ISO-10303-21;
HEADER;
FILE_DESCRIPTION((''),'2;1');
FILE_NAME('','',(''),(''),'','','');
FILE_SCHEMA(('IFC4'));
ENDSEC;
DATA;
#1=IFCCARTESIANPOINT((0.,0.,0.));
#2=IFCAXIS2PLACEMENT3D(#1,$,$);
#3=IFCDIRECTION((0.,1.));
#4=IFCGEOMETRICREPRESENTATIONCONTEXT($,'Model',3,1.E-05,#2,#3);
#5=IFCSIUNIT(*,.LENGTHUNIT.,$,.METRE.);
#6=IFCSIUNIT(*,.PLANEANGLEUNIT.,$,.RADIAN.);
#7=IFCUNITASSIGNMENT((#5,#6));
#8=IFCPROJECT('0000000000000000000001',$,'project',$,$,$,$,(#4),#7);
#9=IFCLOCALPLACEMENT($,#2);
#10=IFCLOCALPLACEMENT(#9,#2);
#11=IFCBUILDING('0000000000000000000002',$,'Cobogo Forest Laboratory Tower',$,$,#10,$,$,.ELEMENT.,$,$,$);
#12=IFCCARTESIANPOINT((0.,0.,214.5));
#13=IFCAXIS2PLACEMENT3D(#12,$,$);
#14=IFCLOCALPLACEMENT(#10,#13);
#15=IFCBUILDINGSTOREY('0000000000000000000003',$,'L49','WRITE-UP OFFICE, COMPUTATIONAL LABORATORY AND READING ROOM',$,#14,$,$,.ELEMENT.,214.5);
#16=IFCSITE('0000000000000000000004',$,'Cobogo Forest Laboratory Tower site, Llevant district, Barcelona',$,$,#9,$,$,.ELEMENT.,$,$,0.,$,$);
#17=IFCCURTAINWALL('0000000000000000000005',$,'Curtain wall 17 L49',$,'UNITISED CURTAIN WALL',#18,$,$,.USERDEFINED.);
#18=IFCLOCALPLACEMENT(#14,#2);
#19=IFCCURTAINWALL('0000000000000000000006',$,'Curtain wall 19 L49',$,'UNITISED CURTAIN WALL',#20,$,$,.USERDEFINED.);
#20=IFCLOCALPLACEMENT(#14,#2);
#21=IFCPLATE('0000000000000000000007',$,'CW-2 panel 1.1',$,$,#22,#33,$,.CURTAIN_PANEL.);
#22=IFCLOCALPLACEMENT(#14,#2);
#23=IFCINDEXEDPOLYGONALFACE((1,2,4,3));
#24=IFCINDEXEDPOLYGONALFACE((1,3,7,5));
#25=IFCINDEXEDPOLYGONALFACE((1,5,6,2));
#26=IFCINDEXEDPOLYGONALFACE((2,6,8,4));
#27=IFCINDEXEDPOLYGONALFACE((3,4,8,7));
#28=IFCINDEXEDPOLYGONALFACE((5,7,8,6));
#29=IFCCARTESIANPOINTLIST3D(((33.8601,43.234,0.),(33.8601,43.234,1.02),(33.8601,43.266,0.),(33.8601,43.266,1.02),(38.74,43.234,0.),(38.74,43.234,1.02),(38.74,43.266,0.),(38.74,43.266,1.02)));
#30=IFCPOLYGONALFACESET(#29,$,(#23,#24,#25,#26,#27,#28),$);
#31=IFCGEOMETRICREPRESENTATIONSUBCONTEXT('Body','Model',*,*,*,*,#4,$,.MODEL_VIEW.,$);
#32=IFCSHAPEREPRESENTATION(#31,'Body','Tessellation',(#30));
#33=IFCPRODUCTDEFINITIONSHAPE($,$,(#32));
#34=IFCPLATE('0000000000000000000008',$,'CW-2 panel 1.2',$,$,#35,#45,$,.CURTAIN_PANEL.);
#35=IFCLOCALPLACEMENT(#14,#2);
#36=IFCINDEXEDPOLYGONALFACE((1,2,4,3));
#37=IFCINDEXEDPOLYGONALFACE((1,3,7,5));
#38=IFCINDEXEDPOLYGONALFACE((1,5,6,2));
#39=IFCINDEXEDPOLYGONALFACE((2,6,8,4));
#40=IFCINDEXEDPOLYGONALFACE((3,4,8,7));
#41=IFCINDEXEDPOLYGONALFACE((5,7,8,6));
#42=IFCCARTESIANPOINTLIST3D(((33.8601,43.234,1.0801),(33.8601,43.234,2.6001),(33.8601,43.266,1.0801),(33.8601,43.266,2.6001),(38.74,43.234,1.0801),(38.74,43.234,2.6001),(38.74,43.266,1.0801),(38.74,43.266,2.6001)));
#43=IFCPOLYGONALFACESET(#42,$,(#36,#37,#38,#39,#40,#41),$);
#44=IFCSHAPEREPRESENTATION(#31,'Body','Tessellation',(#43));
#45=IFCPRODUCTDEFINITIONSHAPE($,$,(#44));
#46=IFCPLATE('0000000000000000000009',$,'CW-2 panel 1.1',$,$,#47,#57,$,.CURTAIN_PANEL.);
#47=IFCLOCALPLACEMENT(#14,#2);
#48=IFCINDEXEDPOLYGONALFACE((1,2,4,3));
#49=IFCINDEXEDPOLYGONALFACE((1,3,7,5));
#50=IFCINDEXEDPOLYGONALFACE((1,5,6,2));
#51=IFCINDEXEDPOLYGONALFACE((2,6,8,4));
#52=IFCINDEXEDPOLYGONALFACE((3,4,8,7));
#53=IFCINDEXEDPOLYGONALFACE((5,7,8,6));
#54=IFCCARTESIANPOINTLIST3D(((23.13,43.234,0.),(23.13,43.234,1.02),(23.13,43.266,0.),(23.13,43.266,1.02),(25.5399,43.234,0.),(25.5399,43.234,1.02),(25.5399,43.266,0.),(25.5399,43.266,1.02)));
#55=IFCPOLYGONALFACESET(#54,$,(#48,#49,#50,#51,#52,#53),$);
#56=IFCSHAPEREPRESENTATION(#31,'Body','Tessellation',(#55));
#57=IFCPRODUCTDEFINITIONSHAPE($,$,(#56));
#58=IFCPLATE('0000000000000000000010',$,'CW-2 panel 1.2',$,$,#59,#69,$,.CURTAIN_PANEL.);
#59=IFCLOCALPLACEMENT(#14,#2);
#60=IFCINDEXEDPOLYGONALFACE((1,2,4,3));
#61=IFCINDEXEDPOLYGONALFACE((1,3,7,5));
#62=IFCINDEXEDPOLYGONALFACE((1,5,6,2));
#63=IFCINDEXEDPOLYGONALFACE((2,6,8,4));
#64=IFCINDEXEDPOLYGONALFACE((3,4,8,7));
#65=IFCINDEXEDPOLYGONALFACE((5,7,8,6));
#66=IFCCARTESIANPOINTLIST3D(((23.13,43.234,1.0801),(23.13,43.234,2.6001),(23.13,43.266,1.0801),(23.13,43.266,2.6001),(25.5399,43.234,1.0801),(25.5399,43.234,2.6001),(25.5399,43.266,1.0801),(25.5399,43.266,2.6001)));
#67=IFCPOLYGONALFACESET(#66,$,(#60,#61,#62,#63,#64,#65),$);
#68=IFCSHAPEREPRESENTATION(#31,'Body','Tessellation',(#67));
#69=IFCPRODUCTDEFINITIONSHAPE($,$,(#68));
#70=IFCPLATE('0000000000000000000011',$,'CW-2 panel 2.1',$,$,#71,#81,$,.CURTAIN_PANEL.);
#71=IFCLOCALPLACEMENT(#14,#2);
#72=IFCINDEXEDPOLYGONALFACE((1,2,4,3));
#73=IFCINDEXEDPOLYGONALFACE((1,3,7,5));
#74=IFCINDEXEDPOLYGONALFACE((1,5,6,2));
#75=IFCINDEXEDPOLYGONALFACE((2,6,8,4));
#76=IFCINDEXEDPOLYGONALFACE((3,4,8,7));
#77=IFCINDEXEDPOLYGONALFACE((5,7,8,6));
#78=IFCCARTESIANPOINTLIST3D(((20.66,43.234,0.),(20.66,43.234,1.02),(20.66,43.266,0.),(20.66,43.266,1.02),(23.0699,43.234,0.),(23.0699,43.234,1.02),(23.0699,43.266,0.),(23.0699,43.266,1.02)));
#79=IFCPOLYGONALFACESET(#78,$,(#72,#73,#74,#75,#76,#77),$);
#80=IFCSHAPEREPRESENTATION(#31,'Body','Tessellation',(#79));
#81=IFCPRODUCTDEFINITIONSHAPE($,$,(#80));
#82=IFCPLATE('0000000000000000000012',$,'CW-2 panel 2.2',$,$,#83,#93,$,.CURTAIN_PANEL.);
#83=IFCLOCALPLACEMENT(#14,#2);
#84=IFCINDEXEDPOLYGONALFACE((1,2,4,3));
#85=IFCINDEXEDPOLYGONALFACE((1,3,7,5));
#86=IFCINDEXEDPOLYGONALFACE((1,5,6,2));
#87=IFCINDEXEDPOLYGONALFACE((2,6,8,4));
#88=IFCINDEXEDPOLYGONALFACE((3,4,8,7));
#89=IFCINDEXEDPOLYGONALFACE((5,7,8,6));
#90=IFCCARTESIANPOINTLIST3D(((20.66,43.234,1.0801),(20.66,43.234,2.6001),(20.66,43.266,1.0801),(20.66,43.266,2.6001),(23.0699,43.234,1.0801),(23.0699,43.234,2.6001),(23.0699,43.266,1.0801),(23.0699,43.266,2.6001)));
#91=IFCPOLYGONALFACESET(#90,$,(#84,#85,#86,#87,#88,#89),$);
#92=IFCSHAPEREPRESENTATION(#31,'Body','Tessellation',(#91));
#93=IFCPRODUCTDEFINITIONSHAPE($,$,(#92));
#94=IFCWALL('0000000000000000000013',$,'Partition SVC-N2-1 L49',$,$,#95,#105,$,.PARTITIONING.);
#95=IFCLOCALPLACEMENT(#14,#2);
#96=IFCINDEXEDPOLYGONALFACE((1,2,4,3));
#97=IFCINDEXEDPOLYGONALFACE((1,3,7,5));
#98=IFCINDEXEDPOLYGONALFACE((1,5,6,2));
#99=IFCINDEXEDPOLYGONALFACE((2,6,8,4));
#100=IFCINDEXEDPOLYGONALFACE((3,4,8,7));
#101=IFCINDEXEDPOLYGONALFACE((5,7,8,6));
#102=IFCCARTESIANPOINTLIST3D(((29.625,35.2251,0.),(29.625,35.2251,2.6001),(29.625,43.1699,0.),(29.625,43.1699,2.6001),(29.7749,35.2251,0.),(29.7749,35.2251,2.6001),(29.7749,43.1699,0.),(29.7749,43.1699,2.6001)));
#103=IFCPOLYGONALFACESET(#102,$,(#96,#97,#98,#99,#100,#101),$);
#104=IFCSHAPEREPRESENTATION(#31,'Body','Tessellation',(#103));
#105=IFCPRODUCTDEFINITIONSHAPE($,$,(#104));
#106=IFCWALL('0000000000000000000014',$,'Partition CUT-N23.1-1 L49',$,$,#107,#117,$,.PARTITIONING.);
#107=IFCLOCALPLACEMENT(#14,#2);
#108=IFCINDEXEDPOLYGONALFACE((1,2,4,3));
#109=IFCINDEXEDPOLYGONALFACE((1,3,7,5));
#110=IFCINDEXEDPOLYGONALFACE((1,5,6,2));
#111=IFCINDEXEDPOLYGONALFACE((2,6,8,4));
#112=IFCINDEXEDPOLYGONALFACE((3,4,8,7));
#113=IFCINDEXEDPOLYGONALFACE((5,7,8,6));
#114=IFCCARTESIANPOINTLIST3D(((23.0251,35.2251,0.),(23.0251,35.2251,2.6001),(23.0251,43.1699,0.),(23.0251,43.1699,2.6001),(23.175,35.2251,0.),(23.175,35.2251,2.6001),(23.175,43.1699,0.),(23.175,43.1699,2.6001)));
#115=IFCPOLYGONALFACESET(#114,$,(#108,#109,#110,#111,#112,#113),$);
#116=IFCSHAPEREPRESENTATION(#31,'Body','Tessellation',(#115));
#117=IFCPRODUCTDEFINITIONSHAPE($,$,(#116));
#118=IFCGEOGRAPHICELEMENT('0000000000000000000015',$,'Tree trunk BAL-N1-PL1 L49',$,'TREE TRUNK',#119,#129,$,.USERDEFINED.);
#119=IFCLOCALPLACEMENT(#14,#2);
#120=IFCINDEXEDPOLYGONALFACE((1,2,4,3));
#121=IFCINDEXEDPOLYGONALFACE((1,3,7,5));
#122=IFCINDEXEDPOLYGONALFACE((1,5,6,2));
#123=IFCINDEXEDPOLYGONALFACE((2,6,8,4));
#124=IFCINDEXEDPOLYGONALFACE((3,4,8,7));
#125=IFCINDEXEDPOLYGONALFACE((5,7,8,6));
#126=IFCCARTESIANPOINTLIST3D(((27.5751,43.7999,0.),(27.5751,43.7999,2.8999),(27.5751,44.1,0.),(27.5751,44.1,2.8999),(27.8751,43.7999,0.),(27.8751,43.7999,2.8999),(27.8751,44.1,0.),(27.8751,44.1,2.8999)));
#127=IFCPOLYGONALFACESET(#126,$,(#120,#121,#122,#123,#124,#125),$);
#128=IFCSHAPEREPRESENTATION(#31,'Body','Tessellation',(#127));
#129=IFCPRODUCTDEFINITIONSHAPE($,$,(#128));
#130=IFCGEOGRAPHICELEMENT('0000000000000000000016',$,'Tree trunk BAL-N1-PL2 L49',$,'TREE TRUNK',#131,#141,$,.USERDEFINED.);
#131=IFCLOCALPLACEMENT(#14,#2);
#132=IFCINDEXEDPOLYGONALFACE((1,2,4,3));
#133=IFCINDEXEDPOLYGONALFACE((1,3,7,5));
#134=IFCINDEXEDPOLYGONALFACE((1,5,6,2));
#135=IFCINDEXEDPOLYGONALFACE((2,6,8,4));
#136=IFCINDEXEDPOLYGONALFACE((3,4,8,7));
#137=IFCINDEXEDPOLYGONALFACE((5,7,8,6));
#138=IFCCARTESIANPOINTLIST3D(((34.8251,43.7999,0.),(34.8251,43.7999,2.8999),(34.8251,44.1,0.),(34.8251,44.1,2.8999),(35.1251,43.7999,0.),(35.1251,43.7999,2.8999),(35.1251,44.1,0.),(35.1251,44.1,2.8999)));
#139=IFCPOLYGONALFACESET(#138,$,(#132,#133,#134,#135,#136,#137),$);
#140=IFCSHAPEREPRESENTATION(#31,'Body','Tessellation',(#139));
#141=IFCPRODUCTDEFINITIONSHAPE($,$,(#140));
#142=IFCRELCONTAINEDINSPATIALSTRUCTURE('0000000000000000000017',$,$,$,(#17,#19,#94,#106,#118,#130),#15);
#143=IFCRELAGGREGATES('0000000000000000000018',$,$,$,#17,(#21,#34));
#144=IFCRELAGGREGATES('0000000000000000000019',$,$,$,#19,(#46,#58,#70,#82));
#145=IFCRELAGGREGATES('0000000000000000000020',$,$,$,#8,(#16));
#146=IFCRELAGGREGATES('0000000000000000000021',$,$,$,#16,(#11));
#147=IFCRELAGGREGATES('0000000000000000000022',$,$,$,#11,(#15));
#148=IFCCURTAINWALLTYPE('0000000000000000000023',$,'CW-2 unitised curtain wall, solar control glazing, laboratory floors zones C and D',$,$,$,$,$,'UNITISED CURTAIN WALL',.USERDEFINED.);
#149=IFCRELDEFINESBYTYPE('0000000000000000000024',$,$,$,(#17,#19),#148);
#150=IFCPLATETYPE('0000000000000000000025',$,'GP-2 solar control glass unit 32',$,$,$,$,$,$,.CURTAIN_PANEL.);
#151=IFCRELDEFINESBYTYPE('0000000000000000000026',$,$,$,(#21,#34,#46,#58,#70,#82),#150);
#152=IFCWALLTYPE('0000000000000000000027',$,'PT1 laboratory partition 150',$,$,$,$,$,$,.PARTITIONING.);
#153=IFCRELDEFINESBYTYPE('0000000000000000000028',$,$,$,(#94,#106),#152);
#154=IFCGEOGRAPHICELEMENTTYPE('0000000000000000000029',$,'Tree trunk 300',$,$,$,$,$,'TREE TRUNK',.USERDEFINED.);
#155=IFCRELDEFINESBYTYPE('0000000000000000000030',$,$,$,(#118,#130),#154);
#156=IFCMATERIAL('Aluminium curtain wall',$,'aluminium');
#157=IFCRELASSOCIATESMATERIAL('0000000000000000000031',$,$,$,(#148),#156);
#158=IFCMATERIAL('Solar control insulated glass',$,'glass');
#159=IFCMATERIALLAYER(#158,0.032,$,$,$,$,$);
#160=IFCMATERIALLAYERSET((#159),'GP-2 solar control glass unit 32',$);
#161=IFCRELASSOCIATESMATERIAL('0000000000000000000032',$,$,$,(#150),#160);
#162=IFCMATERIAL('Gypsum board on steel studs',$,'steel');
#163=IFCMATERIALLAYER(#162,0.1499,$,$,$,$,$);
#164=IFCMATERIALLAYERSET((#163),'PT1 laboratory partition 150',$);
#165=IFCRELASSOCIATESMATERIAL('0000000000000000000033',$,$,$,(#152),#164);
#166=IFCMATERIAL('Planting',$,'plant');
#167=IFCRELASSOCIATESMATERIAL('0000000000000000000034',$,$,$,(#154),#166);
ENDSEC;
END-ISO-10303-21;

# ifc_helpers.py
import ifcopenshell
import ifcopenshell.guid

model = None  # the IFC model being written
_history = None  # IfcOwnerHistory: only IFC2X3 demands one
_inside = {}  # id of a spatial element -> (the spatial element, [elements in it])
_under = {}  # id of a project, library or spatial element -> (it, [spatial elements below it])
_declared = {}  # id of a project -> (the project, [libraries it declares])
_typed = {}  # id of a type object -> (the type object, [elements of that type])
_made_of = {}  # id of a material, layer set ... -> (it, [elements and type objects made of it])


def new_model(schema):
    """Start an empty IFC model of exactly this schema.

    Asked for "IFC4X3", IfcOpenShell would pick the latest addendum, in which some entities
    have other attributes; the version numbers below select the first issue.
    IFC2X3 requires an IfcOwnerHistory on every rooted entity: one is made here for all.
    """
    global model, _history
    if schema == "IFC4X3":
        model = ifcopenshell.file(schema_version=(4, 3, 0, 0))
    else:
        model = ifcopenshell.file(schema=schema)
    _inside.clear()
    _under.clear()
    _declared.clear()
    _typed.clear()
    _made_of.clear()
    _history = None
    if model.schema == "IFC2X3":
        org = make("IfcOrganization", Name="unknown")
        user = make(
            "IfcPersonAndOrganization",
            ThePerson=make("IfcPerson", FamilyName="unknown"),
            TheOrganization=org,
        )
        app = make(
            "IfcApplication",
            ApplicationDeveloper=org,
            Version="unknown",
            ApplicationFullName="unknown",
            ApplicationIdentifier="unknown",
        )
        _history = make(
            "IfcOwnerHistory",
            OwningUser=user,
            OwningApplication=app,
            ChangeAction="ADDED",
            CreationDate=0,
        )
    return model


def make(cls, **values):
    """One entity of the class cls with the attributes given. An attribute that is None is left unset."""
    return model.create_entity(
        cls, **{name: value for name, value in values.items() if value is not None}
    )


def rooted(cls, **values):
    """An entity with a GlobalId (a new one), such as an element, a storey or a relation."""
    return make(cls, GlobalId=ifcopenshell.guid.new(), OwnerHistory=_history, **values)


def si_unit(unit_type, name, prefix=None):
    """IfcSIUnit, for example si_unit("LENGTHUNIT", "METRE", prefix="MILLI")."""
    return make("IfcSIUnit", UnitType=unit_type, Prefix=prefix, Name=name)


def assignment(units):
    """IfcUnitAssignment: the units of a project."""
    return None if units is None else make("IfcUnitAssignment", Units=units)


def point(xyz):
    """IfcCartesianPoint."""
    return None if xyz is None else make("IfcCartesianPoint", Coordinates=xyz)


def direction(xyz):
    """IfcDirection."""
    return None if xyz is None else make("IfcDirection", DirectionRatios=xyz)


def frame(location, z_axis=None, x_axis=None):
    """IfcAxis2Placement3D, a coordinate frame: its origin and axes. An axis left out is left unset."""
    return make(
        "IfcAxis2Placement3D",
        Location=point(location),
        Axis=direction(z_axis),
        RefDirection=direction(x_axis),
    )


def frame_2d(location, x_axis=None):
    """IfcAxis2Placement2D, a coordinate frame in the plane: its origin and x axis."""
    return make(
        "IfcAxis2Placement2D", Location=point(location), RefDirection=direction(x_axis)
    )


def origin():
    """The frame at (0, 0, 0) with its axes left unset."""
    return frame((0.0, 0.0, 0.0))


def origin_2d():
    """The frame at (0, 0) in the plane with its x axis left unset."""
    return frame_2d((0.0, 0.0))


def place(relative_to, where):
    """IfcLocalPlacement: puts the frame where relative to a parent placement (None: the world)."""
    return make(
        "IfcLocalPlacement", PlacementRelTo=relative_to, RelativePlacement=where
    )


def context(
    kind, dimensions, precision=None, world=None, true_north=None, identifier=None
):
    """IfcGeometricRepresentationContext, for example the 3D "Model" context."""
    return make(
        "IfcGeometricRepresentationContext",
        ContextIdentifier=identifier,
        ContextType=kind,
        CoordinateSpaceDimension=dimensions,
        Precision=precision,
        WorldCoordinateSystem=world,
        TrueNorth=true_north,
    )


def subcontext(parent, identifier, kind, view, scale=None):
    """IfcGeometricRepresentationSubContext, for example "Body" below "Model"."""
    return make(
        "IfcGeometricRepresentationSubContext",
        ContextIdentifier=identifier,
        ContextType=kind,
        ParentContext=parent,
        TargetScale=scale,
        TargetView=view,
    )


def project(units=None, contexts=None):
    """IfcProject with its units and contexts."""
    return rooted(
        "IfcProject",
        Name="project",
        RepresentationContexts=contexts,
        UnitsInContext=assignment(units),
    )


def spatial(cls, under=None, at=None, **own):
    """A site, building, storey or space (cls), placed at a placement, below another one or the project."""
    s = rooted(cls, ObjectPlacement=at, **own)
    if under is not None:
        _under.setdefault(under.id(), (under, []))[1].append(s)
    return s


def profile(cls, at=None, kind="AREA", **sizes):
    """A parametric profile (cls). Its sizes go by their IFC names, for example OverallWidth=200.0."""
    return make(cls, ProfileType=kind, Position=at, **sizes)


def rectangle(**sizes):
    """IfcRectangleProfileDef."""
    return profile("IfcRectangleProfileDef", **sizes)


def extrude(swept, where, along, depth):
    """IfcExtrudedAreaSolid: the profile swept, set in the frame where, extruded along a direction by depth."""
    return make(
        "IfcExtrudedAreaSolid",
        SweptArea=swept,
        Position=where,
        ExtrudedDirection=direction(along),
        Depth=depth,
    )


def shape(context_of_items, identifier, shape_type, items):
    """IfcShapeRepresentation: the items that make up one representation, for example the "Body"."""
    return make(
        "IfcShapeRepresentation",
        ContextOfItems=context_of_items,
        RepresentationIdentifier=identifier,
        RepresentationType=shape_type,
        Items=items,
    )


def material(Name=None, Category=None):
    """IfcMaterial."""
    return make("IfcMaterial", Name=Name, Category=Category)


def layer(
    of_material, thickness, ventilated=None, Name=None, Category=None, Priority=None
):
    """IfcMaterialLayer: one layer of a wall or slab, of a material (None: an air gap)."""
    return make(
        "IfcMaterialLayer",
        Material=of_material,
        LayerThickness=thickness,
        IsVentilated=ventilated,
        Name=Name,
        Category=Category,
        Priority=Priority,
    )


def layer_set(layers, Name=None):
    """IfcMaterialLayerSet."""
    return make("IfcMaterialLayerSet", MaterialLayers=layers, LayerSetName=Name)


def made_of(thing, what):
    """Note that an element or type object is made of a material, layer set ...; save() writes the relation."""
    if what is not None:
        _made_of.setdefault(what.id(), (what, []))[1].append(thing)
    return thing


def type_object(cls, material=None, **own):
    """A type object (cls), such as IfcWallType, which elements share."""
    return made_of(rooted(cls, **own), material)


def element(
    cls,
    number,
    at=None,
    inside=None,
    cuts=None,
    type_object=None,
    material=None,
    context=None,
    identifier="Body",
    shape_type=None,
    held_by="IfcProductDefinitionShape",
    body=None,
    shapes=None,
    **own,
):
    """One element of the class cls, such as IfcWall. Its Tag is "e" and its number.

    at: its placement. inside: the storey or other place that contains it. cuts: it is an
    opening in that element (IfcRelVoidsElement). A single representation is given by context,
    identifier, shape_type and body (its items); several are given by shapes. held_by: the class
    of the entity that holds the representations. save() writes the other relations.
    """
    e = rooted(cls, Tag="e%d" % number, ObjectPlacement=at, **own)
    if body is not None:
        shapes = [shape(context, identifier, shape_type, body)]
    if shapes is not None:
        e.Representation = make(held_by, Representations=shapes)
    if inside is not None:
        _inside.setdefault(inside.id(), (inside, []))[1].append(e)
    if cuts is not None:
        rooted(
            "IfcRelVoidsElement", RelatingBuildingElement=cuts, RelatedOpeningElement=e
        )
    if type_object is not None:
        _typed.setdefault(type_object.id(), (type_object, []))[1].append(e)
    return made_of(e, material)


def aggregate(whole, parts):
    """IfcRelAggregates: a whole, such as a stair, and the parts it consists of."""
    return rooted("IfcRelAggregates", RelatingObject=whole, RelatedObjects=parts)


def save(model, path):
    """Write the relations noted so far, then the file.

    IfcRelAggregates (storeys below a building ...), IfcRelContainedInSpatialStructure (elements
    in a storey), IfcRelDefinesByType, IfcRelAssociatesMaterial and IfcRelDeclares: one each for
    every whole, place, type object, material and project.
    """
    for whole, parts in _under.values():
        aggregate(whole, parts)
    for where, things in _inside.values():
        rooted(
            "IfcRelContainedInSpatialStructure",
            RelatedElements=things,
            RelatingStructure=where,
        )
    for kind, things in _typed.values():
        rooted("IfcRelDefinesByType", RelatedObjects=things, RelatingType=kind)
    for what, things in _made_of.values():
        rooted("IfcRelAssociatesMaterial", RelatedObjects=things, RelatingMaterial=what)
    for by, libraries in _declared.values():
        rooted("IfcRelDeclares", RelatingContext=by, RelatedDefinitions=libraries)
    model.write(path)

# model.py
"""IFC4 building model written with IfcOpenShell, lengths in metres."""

from ifc_helpers import new_model, si_unit, direction, frame, frame_2d, origin, origin_2d, place, context, subcontext, project, spatial, rectangle, extrude, material, layer, layer_set, type_object, element, aggregate, save


model = new_model("IFC4")

# Units and contexts
model_context = context("Model", 3, precision=1e-05, world=origin(), true_north=direction((0.0, 1.0)))
body_context = subcontext(model_context, "Body", "Model", "MODEL_VIEW")
ifc_project = project(units=[si_unit("LENGTHUNIT", "METRE"), si_unit("PLANEANGLEUNIT", "RADIAN")], contexts=[model_context])

# Site, building, storey
site_placement = place(None, origin())
site = spatial("IfcSite", under=ifc_project, at=site_placement, Name="Cobogo Forest Laboratory Tower site, Llevant district, Barcelona", CompositionType="ELEMENT", RefElevation=0.0)
building_placement = place(site_placement, origin())
building = spatial("IfcBuilding", under=site, at=building_placement, Name="Cobogo Forest Laboratory Tower", CompositionType="ELEMENT")
storey_placement = place(building_placement, frame((0.0, 0.0, 214.5)))
storey = spatial("IfcBuildingStorey", under=building, at=storey_placement, Name="L49", Description="WRITE-UP OFFICE, COMPUTATIONAL LABORATORY AND READING ROOM", CompositionType="ELEMENT", Elevation=214.5)

# Curtain walls
ifc_material_1 = material(Name="Aluminium curtain wall", Category="aluminium")
curtain_wall_type = type_object("IfcCurtainWallType", Name="CW-2 unitised curtain wall, solar control glazing, laboratory floors zones C and D", ElementType="UNITISED CURTAIN WALL", PredefinedType="USERDEFINED", material=ifc_material_1)
curtain_wall_1_placement = place(storey_placement, origin())
curtain_wall_1 = element("IfcCurtainWall", 1, at=curtain_wall_1_placement, inside=storey, type_object=curtain_wall_type, Name="Curtain wall 17 L49", ObjectType="UNITISED CURTAIN WALL", PredefinedType="USERDEFINED")
curtain_wall_2_placement = place(storey_placement, origin())
curtain_wall_2 = element("IfcCurtainWall", 2, at=curtain_wall_2_placement, inside=storey, type_object=curtain_wall_type, Name="Curtain wall 19 L49", ObjectType="UNITISED CURTAIN WALL", PredefinedType="USERDEFINED")

# Plates
ifc_material_2 = material(Name="Solar control insulated glass", Category="glass")
ifc_layer_1 = layer(ifc_material_2, 0.032)
ifc_layer_set_1 = layer_set([ifc_layer_1], Name="GP-2 solar control glass unit 32")
plate_type_1 = type_object("IfcPlateType", Name="GP-2 solar control glass unit 32", PredefinedType="CURTAIN_PANEL", material=ifc_layer_set_1)
plate_1_placement = place(storey_placement, frame((36.3, 43.25, 0.0), z_axis=(0.0, 0.0, 1.0), x_axis=(-1.0, 0.0, 0.0)))
plate_1 = element("IfcPlate", 3, at=plate_1_placement, type_object=plate_type_1, Name="CW-2 panel 1.1", PredefinedType="CURTAIN_PANEL", context=body_context, shape_type="SweptSolid", body=[
    extrude(rectangle(XDim=4.8799, YDim=0.032, at=origin_2d()), origin(), (0.0, 0.0, 1.0), 1.02),
])
plate_2_placement = place(storey_placement, frame((36.3, 43.25, 1.0801), z_axis=(0.0, 0.0, 1.0), x_axis=(-1.0, 0.0, 0.0)))
plate_2 = element("IfcPlate", 4, at=plate_2_placement, type_object=plate_type_1, Name="CW-2 panel 1.2", PredefinedType="CURTAIN_PANEL", context=body_context, shape_type="SweptSolid", body=[
    extrude(rectangle(XDim=4.8799, YDim=0.032, at=origin_2d()), origin(), (0.0, 0.0, 1.0), 1.52),
])
aggregate(curtain_wall_1, [plate_1, plate_2])
plate_3_placement = place(storey_placement, frame((24.335, 43.25, 0.0), z_axis=(0.0, 0.0, 1.0), x_axis=(-1.0, 0.0, 0.0)))
plate_3 = element("IfcPlate", 5, at=plate_3_placement, type_object=plate_type_1, Name="CW-2 panel 1.1", PredefinedType="CURTAIN_PANEL", context=body_context, shape_type="SweptSolid", body=[
    extrude(rectangle(XDim=2.4099, YDim=0.032, at=origin_2d()), origin(), (0.0, 0.0, 1.0), 1.02),
])
plate_4_placement = place(storey_placement, frame((24.335, 43.25, 1.0801), z_axis=(0.0, 0.0, 1.0), x_axis=(-1.0, 0.0, 0.0)))
plate_4 = element("IfcPlate", 6, at=plate_4_placement, type_object=plate_type_1, Name="CW-2 panel 1.2", PredefinedType="CURTAIN_PANEL", context=body_context, shape_type="SweptSolid", body=[
    extrude(rectangle(XDim=2.4099, YDim=0.032, at=origin_2d()), origin(), (0.0, 0.0, 1.0), 1.52),
])
plate_5_placement = place(storey_placement, frame((21.865, 43.25, 0.0), z_axis=(0.0, 0.0, 1.0), x_axis=(-1.0, 0.0, 0.0)))
plate_5 = element("IfcPlate", 7, at=plate_5_placement, type_object=plate_type_1, Name="CW-2 panel 2.1", PredefinedType="CURTAIN_PANEL", context=body_context, shape_type="SweptSolid", body=[
    extrude(rectangle(XDim=2.4099, YDim=0.032, at=origin_2d()), origin(), (0.0, 0.0, 1.0), 1.02),
])
plate_6_placement = place(storey_placement, frame((21.865, 43.25, 1.0801), z_axis=(0.0, 0.0, 1.0), x_axis=(-1.0, 0.0, 0.0)))
plate_6 = element("IfcPlate", 8, at=plate_6_placement, type_object=plate_type_1, Name="CW-2 panel 2.2", PredefinedType="CURTAIN_PANEL", context=body_context, shape_type="SweptSolid", body=[
    extrude(rectangle(XDim=2.4099, YDim=0.032, at=origin_2d()), origin(), (0.0, 0.0, 1.0), 1.52),
])
aggregate(curtain_wall_2, [plate_3, plate_4, plate_5, plate_6])

# Walls
ifc_material_3 = material(Name="Gypsum board on steel studs", Category="steel")
ifc_layer_2 = layer(ifc_material_3, 0.1499)
ifc_layer_set_2 = layer_set([ifc_layer_2], Name="PT1 laboratory partition 150")
wall_type_1 = type_object("IfcWallType", Name="PT1 laboratory partition 150", PredefinedType="PARTITIONING", material=ifc_layer_set_2)
for number, where, z_axis, x_axis, name in (
    (9, (29.7, 43.1699, 0.0), (0.0, 0.0, 1.0), (0.0, -1.0, 0.0), "Partition SVC-N2-1 L49"),
    (10, (23.1001, 43.1699, 0.0), (0.0, 0.0, 1.0), (0.0, -1.0, 0.0), "Partition CUT-N23.1-1 L49"),
):
    element("IfcWall", number, at=place(storey_placement, frame(where, z_axis=z_axis, x_axis=x_axis)), inside=storey, type_object=wall_type_1, Name=name, PredefinedType="PARTITIONING", context=body_context, shape_type="SweptSolid", body=[
        extrude(rectangle(XDim=7.9448, YDim=0.1499, at=frame_2d((3.9724, 0.0))), origin(), (0.0, 0.0, 1.0), 2.6001),
    ])

# Geographic elements
ifc_material_4 = material(Name="Planting", Category="plant")
geographic_element_type = type_object("IfcGeographicElementType", Name="Tree trunk 300", ElementType="TREE TRUNK", PredefinedType="USERDEFINED", material=ifc_material_4)
for number, where, z_axis, x_axis, name in (
    (11, (27.7251, 43.95, 0.0), (0.0, 0.0, 1.0), (1.0, 0.0, 0.0), "Tree trunk BAL-N1-PL1 L49"),
    (12, (34.9751, 43.95, 0.0), (0.0, 0.0, 1.0), (1.0, 0.0, 0.0), "Tree trunk BAL-N1-PL2 L49"),
):
    element("IfcGeographicElement", number, at=place(storey_placement, frame(where, z_axis=z_axis, x_axis=x_axis)), inside=storey, type_object=geographic_element_type, Name=name, ObjectType="TREE TRUNK", PredefinedType="USERDEFINED", context=body_context, shape_type="SweptSolid", body=[
        extrude(rectangle(XDim=0.3, YDim=0.3, at=origin_2d()), origin(), (0.0, 0.0, 1.0), 2.8999),
    ])

save(model, "model.ifc")
